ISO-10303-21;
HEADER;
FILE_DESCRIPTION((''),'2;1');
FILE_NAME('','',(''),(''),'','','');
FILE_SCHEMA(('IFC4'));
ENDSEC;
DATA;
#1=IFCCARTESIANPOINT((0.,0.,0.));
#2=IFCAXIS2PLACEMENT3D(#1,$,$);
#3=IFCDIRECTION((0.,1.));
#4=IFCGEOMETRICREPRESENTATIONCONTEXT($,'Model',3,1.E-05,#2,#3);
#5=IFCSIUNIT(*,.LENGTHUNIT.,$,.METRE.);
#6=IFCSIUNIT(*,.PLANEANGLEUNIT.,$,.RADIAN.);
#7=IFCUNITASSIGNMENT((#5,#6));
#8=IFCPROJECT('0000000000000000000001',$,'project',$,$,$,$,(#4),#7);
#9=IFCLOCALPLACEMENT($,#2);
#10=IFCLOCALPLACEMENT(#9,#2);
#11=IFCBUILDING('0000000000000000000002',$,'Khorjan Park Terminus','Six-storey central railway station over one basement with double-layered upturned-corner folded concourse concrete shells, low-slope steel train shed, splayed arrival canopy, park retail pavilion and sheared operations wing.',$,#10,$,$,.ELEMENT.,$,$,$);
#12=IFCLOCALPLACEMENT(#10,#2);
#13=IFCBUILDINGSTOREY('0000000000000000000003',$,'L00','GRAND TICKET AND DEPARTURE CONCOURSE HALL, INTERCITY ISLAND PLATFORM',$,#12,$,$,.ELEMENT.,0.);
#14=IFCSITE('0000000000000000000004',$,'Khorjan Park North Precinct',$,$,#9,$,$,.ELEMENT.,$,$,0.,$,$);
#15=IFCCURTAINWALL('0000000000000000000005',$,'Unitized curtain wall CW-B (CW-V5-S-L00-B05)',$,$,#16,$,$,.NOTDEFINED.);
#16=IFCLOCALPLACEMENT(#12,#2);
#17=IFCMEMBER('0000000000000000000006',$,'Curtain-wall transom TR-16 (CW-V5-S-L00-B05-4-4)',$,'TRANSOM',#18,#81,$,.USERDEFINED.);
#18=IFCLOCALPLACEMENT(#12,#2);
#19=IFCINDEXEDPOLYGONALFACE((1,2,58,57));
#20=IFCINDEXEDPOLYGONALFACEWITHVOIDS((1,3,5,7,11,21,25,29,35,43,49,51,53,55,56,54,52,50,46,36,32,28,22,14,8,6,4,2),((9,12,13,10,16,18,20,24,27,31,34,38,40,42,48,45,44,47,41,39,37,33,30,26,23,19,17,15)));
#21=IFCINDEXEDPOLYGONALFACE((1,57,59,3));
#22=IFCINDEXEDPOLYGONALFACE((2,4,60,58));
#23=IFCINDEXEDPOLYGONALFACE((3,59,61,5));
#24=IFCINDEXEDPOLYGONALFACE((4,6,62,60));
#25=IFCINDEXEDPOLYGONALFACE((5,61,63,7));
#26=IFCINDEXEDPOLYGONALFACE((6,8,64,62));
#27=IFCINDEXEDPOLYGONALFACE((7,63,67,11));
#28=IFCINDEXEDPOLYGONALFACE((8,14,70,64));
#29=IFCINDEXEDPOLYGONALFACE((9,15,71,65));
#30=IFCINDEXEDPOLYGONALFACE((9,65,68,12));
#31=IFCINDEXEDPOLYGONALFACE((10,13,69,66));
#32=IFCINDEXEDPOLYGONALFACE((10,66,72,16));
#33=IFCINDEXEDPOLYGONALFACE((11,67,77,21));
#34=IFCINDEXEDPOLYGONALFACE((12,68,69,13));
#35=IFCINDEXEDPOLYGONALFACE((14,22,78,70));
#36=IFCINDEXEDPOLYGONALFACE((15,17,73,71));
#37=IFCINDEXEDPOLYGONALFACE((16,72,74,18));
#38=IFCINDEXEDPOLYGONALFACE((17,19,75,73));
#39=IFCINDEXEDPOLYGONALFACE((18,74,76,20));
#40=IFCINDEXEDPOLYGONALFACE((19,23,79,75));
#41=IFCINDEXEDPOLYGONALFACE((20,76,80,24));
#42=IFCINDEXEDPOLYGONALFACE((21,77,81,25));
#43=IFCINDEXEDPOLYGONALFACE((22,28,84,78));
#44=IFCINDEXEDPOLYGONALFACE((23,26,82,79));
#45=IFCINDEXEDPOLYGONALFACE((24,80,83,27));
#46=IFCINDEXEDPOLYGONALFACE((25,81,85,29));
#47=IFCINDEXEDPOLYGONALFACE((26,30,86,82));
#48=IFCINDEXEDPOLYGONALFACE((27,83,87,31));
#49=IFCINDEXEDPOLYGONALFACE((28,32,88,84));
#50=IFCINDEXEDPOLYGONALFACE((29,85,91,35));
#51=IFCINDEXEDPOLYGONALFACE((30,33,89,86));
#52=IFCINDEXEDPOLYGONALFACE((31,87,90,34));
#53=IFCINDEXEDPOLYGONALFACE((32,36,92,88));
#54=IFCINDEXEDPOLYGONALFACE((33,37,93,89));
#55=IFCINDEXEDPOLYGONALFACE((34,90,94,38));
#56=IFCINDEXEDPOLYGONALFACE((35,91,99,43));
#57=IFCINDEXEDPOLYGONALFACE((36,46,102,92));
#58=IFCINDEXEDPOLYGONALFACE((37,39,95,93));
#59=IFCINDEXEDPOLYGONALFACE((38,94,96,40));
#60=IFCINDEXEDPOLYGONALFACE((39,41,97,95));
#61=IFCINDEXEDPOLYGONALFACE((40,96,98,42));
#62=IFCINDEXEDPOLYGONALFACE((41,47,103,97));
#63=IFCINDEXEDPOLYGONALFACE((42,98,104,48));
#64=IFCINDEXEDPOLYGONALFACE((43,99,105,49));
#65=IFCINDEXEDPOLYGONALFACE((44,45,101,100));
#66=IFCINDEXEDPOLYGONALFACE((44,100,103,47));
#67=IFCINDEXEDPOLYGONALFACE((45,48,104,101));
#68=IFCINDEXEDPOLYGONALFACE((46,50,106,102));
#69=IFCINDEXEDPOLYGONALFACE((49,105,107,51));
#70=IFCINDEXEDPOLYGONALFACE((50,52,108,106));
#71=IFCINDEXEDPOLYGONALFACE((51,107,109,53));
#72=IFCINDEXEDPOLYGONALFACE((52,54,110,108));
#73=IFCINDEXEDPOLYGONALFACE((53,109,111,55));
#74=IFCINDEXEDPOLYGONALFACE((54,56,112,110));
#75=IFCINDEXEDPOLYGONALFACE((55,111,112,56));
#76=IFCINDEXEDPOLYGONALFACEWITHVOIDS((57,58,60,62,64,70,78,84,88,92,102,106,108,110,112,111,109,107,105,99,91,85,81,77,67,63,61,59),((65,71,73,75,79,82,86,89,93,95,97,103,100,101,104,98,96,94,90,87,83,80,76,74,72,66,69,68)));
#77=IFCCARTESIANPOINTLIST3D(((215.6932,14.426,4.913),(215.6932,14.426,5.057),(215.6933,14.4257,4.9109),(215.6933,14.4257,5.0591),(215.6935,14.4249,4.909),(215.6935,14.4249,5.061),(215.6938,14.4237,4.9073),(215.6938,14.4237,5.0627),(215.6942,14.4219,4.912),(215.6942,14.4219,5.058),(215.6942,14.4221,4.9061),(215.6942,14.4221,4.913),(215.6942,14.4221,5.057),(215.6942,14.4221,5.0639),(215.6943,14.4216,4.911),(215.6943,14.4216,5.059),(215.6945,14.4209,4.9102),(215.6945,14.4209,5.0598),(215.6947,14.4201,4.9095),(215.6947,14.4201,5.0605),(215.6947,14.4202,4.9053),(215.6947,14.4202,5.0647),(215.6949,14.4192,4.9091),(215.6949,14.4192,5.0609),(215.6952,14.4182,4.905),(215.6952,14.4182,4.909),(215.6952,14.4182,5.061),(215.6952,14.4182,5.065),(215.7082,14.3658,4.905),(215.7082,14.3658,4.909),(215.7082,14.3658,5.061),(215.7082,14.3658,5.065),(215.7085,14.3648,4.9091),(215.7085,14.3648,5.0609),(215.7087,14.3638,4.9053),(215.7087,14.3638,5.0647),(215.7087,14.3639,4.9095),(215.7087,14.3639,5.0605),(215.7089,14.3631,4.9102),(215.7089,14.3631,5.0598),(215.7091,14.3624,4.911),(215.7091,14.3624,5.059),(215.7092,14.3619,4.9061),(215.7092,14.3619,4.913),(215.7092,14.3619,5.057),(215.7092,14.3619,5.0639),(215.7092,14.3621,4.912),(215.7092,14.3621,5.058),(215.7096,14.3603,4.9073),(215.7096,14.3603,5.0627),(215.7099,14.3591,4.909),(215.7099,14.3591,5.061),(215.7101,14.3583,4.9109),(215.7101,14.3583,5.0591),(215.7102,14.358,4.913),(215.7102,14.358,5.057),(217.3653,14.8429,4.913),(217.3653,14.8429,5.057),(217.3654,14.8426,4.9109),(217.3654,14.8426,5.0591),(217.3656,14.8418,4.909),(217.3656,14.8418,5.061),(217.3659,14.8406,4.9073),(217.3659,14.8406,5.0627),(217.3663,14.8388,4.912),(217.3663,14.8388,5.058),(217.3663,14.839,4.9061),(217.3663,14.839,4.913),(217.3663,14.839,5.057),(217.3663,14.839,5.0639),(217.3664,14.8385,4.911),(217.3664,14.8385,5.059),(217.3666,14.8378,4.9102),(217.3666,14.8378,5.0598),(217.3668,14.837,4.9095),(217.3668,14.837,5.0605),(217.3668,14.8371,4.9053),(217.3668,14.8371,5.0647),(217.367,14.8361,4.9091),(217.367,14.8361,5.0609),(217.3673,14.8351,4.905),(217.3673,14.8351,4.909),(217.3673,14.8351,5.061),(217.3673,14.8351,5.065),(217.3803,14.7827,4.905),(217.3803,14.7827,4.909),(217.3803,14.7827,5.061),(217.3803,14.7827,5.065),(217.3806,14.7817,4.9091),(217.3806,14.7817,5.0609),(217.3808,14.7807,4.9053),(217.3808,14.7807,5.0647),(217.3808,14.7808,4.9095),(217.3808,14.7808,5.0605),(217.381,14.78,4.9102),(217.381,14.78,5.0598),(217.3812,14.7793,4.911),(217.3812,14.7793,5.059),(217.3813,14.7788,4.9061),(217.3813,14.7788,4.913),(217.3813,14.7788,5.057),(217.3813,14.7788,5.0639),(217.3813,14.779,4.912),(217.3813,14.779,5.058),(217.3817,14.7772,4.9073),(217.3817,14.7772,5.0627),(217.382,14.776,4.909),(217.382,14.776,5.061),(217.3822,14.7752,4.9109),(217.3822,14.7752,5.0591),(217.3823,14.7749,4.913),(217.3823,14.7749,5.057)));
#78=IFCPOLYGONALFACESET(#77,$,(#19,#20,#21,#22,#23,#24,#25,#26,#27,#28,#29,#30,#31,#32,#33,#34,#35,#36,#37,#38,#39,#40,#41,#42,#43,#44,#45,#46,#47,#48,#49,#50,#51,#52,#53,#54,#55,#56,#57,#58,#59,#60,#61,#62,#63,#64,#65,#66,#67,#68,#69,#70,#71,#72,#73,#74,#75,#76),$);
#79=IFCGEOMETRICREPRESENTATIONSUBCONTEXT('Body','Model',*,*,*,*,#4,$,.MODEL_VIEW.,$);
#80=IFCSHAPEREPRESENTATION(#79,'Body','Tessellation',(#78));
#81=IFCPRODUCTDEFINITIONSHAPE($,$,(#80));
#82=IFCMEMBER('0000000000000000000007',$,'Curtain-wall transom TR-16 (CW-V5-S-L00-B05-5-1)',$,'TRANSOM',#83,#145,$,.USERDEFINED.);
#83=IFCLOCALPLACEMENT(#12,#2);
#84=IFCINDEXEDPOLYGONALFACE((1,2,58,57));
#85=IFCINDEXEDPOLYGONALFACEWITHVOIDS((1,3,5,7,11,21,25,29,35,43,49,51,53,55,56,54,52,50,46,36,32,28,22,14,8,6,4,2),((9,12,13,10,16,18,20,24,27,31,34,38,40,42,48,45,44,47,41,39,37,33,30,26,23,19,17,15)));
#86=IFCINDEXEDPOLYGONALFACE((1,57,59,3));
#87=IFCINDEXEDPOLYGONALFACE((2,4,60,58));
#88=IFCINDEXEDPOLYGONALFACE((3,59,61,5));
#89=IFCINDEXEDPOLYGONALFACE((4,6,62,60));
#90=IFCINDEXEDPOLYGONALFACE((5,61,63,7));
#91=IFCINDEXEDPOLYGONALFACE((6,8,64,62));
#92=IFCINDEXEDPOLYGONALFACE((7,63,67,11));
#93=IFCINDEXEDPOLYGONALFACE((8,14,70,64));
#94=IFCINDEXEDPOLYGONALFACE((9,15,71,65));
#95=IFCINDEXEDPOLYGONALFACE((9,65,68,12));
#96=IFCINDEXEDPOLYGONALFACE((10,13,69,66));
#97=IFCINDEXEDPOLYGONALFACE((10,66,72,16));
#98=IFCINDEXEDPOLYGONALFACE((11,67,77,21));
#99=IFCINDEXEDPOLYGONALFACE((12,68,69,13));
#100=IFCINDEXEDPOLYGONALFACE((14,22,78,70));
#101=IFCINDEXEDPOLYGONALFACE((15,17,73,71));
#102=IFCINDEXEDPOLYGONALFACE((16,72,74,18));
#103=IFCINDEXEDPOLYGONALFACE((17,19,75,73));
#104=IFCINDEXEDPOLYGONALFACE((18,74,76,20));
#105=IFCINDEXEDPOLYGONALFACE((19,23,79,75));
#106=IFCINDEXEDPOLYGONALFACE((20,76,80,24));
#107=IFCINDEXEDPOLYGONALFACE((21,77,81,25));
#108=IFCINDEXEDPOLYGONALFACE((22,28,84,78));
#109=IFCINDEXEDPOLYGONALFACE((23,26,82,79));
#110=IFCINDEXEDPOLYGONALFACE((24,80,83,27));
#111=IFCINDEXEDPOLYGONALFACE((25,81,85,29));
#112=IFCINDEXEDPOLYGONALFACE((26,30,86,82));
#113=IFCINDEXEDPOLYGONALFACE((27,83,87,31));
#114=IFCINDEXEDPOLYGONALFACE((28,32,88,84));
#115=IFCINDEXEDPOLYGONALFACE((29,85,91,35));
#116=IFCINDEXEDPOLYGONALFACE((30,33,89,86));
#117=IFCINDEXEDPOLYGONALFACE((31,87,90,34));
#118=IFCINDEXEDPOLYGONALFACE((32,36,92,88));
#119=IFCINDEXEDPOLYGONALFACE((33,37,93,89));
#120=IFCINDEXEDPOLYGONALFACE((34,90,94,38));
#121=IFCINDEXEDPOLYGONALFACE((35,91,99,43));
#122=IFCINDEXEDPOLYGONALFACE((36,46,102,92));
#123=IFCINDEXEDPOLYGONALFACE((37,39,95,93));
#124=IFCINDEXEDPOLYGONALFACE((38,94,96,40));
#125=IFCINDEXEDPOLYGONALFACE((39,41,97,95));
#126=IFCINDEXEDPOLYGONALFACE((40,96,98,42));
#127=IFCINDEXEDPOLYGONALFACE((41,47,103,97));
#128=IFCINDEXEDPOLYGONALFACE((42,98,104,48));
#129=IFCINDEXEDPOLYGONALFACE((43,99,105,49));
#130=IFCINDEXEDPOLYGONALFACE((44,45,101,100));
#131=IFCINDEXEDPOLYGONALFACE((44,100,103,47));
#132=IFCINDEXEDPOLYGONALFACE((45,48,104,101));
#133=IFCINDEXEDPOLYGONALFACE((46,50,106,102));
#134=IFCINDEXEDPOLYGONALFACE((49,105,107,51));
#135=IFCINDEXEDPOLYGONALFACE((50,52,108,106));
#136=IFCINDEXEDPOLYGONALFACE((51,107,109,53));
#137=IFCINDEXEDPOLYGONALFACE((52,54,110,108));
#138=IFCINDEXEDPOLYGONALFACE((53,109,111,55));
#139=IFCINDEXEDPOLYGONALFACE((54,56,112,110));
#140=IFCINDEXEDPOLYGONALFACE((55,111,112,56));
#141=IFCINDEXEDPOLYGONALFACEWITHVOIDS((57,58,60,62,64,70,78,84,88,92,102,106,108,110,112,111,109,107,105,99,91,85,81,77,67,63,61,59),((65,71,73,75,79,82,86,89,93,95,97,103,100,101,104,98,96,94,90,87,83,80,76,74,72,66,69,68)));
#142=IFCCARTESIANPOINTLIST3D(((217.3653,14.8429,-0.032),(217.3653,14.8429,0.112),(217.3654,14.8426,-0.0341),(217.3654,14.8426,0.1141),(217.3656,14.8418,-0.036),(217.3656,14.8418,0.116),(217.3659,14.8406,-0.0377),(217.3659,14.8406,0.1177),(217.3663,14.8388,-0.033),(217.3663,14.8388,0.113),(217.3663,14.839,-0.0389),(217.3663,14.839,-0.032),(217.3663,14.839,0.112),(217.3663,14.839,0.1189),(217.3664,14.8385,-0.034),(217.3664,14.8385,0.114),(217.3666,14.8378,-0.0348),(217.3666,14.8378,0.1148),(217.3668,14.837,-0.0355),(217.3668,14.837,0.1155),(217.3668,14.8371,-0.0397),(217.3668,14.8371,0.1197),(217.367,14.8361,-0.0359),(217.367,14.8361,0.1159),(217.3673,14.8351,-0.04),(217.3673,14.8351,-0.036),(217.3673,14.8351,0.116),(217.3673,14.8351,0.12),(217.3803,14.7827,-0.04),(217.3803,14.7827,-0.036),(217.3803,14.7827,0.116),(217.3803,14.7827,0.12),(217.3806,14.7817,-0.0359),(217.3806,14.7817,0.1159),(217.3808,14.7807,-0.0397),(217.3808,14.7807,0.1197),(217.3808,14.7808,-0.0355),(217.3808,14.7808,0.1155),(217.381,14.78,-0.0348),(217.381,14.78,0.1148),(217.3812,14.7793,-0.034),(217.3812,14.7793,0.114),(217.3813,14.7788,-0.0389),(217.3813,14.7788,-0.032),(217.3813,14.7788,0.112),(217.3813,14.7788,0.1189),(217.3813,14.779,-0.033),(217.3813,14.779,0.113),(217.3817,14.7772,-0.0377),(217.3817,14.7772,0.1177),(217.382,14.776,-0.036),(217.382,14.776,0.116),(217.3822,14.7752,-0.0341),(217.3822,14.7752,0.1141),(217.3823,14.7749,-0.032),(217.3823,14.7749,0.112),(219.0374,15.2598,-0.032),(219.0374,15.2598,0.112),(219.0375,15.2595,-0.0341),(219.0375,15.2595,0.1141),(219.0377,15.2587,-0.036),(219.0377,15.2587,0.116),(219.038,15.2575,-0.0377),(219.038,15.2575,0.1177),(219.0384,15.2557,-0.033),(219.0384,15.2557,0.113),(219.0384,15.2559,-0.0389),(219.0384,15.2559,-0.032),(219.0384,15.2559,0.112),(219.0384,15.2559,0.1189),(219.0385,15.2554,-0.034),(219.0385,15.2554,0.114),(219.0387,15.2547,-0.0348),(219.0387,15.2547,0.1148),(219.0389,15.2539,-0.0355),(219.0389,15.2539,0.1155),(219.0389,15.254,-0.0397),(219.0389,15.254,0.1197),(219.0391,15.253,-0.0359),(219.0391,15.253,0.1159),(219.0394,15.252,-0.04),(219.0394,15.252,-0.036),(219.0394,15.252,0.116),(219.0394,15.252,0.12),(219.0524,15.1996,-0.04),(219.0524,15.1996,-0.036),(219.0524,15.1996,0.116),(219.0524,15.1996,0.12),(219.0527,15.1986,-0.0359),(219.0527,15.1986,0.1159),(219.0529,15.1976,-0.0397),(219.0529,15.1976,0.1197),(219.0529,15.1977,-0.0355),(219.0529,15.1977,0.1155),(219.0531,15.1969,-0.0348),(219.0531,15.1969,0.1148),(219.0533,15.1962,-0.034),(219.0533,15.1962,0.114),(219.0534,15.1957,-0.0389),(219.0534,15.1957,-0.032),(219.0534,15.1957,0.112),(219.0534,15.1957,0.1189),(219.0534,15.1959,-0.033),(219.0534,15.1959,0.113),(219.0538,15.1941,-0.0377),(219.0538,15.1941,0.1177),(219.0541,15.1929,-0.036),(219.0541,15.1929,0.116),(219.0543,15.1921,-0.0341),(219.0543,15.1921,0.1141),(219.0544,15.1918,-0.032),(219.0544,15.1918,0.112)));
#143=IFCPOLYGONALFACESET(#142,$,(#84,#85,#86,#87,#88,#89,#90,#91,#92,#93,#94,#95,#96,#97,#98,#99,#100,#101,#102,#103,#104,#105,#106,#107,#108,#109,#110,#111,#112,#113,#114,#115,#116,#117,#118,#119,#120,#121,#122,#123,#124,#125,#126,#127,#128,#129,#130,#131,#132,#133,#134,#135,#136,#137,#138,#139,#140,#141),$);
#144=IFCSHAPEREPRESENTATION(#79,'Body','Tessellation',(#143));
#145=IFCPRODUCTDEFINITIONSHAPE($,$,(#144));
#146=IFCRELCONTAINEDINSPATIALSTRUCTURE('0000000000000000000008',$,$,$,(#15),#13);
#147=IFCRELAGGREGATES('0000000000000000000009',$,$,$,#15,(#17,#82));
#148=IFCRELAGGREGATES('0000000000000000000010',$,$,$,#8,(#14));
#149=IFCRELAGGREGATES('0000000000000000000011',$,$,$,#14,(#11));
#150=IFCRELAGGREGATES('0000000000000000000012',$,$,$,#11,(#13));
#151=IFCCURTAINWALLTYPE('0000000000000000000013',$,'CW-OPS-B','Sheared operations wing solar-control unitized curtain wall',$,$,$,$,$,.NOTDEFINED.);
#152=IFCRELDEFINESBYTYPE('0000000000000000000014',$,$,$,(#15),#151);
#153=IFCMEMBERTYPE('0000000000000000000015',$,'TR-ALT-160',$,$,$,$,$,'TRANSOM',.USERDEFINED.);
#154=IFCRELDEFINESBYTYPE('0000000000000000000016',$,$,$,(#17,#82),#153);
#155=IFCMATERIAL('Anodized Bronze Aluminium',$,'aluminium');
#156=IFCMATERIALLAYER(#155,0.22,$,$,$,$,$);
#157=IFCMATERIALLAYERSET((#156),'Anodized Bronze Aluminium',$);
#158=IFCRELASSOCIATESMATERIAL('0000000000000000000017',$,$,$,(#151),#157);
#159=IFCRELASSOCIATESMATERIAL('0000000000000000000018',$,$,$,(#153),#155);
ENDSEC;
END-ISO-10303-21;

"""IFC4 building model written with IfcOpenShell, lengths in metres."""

from ifc_helpers import new_model, si_unit, direction, frame, origin, origin_2d, place, context, subcontext, project, spatial, hollow_rectangle, extrude, material, layer, layer_set, material_profile, profile_set, type_object, element, aggregate, save


model = new_model("IFC4")

# Units and contexts
model_context = context("Model", 3, precision=1e-05, world=origin(), true_north=direction((0.0, 1.0)))
body_context = subcontext(model_context, "Body", "Model", "MODEL_VIEW")
ifc_project = project(units=[si_unit("LENGTHUNIT", "METRE"), si_unit("PLANEANGLEUNIT", "RADIAN")], contexts=[model_context])

# Site, building, storey
site_placement = place(None, origin())
site = spatial("IfcSite", under=ifc_project, at=site_placement, Name="Khorjan Park North Precinct", CompositionType="ELEMENT", RefElevation=0.0)
building_placement = place(site_placement, origin())
building = spatial("IfcBuilding", under=site, at=building_placement, Name="Khorjan Park Terminus", Description="Six-storey central railway station over one basement with double-layered upturned-corner folded concourse concrete shells, low-slope steel train shed, splayed arrival canopy, park retail pavilion and sheared operations wing.", CompositionType="ELEMENT")
storey_placement = place(building_placement, origin())
storey = spatial("IfcBuildingStorey", under=building, at=storey_placement, Name="L00", Description="GRAND TICKET AND DEPARTURE CONCOURSE HALL, INTERCITY ISLAND PLATFORM", CompositionType="ELEMENT", Elevation=0.0)

# Curtain wall, members
ifc_material_1 = material(Name="Anodized Bronze Aluminium", Category="aluminium")
ifc_layer_1 = layer(ifc_material_1, 0.22)
ifc_layer_set_1 = layer_set([ifc_layer_1], Name="Anodized Bronze Aluminium")
curtain_wall_type = type_object("IfcCurtainWallType", Name="CW-OPS-B", Description="Sheared operations wing solar-control unitized curtain wall", PredefinedType="NOTDEFINED", material=ifc_layer_set_1)
curtain_wall_placement = place(storey_placement, origin())
curtain_wall = element("IfcCurtainWall", 1, at=curtain_wall_placement, inside=storey, type_object=curtain_wall_type, Name="Unitized curtain wall CW-B (CW-V5-S-L00-B05)", PredefinedType="NOTDEFINED")
ifc_material_profile_1 = material_profile(ifc_material_1, hollow_rectangle(XDim=0.07, YDim=0.16, WallThickness=0.004, InnerFilletRadius=0.004, OuterFilletRadius=0.008, at=origin_2d()), Name="ALT 70x160x4")
ifc_profile_set_1 = profile_set([ifc_material_profile_1], Name="Anodized Bronze Aluminium")
member_type_1 = type_object("IfcMemberType", Name="TR-ALT-160", ElementType="TRANSOM", PredefinedType="USERDEFINED", material=ifc_profile_set_1)
member_1_placement = place(storey_placement, frame((215.7017, 14.392, 4.985), z_axis=(0.970296, 0.241921, 0.0), x_axis=(-0.241921, 0.970296, 0.0)))
member_1 = element("IfcMember", 2, at=member_1_placement, type_object=member_type_1, Name="Curtain-wall transom TR-16 (CW-V5-S-L00-B05-4-4)", ObjectType="TRANSOM", PredefinedType="USERDEFINED", context=body_context, shape_type="SweptSolid", body=[
    extrude(hollow_rectangle(XDim=0.07, YDim=0.16, WallThickness=0.004, InnerFilletRadius=0.004, OuterFilletRadius=0.008, at=origin_2d()), origin(), (0.0, 0.0, 1.0), 1.7233),
])
member_2_placement = place(storey_placement, frame((217.3738, 14.8089, 0.04), z_axis=(0.970296, 0.241921, 0.0), x_axis=(-0.241921, 0.970296, 0.0)))
member_2 = element("IfcMember", 3, at=member_2_placement, type_object=member_type_1, Name="Curtain-wall transom TR-16 (CW-V5-S-L00-B05-5-1)", ObjectType="TRANSOM", PredefinedType="USERDEFINED", context=body_context, shape_type="SweptSolid", body=[
    extrude(hollow_rectangle(XDim=0.07, YDim=0.16, WallThickness=0.004, InnerFilletRadius=0.004, OuterFilletRadius=0.008, at=origin_2d()), origin(), (0.0, 0.0, 1.0), 1.7233),
])
aggregate(curtain_wall, [member_1, member_2])

save(model, "model.ifc")
